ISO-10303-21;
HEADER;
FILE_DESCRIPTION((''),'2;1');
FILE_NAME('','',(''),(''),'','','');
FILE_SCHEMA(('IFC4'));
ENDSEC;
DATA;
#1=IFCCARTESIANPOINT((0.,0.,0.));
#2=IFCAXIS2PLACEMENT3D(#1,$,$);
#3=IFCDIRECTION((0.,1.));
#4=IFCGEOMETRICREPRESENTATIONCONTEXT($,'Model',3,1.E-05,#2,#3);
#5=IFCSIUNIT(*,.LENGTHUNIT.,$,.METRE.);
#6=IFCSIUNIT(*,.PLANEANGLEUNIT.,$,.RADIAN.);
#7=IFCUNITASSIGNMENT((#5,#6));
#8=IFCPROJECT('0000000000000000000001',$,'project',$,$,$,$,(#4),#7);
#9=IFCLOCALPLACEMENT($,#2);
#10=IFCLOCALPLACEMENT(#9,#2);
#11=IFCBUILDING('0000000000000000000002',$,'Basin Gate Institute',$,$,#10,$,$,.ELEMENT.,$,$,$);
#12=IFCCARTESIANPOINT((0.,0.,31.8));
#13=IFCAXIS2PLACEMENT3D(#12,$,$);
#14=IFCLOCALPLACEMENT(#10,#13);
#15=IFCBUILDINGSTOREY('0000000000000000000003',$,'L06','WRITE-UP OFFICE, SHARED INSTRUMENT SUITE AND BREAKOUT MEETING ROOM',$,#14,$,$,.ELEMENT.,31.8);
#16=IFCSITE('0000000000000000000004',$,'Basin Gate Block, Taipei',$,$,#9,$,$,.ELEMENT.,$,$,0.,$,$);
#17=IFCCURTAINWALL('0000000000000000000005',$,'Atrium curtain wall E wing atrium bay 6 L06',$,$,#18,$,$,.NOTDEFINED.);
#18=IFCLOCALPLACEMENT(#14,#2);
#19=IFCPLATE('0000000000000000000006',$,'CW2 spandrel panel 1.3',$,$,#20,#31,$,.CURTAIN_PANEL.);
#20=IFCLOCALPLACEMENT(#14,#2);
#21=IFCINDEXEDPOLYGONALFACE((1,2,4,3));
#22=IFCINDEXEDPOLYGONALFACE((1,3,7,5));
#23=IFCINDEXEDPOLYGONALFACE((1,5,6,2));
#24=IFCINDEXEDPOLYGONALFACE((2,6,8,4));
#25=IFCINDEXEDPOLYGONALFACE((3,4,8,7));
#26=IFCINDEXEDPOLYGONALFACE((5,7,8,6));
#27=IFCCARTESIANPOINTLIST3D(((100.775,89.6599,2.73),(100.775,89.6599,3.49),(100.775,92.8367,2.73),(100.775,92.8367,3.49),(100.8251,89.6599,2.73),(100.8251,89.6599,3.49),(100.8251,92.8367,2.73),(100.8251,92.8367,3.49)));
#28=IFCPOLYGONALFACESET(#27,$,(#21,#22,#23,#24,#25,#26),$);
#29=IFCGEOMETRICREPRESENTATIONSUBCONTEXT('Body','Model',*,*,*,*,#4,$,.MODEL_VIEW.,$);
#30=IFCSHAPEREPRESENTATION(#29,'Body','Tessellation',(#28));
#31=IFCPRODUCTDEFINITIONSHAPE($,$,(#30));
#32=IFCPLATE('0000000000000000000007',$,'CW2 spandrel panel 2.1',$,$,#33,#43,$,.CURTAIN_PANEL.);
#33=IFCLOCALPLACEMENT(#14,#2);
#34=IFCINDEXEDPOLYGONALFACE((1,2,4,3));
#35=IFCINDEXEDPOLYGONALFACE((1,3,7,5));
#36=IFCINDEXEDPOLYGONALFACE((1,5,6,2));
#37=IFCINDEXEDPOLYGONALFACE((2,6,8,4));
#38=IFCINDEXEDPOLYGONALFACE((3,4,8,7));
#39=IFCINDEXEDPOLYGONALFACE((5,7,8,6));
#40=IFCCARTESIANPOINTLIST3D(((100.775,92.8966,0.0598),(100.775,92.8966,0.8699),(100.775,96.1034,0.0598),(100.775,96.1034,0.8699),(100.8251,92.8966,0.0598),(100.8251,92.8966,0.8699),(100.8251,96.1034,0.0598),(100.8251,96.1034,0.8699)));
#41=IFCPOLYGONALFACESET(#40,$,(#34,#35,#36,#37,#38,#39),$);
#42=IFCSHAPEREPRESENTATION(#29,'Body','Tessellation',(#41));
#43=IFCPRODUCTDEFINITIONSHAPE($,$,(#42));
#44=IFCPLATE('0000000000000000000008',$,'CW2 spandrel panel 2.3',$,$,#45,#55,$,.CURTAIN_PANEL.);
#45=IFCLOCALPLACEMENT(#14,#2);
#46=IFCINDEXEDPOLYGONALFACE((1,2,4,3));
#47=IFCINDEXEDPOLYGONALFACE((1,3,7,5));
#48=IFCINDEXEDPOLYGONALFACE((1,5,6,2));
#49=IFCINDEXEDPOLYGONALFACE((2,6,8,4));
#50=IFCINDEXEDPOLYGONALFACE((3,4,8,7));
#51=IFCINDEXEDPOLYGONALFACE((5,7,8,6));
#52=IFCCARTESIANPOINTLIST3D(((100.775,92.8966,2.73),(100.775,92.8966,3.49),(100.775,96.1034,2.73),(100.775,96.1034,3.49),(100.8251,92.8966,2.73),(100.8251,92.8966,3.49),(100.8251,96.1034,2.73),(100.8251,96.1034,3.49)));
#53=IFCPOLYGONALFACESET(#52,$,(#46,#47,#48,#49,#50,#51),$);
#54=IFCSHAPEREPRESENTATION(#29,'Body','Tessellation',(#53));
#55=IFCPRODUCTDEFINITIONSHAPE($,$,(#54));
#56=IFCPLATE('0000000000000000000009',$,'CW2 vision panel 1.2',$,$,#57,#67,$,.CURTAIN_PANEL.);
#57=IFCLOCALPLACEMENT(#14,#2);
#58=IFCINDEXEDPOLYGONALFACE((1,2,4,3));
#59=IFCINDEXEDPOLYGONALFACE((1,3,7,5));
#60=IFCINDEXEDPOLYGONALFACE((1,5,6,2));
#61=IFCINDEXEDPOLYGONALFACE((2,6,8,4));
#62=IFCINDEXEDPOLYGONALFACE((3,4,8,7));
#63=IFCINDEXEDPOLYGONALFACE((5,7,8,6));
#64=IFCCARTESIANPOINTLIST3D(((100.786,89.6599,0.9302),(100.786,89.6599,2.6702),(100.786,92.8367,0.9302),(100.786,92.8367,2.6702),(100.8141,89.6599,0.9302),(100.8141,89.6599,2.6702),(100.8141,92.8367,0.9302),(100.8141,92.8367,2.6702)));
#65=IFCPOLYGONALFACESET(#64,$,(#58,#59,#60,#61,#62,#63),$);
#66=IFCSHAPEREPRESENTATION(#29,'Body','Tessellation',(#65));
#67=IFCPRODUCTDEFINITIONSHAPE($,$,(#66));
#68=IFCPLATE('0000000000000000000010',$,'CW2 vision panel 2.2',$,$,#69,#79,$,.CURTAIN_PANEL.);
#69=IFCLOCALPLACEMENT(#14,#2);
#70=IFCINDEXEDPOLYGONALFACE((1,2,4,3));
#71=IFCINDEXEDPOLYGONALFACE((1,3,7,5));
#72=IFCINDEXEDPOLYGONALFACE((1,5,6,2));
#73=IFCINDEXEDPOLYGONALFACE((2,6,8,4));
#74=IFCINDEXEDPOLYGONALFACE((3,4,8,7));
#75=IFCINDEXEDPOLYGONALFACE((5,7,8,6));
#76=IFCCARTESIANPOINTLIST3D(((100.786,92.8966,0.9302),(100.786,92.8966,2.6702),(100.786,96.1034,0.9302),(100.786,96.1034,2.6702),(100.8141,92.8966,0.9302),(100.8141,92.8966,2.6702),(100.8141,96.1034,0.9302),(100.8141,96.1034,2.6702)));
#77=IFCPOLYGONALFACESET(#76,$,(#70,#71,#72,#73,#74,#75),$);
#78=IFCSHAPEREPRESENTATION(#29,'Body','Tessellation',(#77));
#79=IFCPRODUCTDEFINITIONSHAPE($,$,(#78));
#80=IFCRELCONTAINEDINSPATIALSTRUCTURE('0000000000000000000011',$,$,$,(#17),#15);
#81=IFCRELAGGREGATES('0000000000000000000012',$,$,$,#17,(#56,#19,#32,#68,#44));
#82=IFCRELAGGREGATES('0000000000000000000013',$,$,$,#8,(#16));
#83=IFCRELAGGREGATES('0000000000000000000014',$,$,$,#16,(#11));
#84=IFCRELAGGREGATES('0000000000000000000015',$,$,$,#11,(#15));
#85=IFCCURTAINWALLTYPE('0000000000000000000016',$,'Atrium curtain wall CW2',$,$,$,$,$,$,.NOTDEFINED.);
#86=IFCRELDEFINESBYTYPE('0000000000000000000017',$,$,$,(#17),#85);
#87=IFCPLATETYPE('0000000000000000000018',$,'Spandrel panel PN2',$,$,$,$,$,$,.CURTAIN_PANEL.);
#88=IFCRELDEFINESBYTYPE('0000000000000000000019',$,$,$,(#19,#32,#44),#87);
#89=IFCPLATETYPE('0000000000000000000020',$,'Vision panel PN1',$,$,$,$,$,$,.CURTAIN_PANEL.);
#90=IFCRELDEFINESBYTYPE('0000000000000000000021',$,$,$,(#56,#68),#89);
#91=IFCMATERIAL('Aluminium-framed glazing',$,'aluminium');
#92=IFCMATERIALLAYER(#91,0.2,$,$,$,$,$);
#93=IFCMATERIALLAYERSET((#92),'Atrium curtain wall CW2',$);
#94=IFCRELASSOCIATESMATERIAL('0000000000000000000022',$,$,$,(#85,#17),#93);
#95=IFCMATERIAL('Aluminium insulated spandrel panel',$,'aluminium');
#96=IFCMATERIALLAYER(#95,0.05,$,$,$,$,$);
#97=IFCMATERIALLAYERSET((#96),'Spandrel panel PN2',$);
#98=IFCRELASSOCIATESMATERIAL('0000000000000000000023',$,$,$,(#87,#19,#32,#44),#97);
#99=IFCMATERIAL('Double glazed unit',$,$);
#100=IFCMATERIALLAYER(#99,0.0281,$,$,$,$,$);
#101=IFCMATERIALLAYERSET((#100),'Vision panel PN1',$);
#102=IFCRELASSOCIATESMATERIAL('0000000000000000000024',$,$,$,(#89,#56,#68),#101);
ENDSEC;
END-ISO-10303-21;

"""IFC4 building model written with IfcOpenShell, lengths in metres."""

from ifc_helpers import new_model, si_unit, direction, frame, origin, origin_2d, place, context, subcontext, project, spatial, rectangle, extrude, material, layer, layer_set, type_object, element, aggregate, save


model = new_model("IFC4")

# Units and contexts
model_context = context("Model", 3, precision=1e-05, world=origin(), true_north=direction((0.0, 1.0)))
body_context = subcontext(model_context, "Body", "Model", "MODEL_VIEW")
ifc_project = project(units=[si_unit("LENGTHUNIT", "METRE"), si_unit("PLANEANGLEUNIT", "RADIAN")], contexts=[model_context])

# Site, building, storey
site_placement = place(None, origin())
site = spatial("IfcSite", under=ifc_project, at=site_placement, Name="Basin Gate Block, Taipei", CompositionType="ELEMENT", RefElevation=0.0)
building_placement = place(site_placement, origin())
building = spatial("IfcBuilding", under=site, at=building_placement, Name="Basin Gate Institute", CompositionType="ELEMENT")
storey_placement = place(building_placement, frame((0.0, 0.0, 31.8)))
storey = spatial("IfcBuildingStorey", under=building, at=storey_placement, Name="L06", Description="WRITE-UP OFFICE, SHARED INSTRUMENT SUITE AND BREAKOUT MEETING ROOM", CompositionType="ELEMENT", Elevation=31.8)

# Curtain wall, plates
ifc_material_1 = material(Name="Aluminium-framed glazing", Category="aluminium")
ifc_layer_1 = layer(ifc_material_1, 0.2)
ifc_layer_set_1 = layer_set([ifc_layer_1], Name="Atrium curtain wall CW2")
curtain_wall_type = type_object("IfcCurtainWallType", Name="Atrium curtain wall CW2", PredefinedType="NOTDEFINED", material=ifc_layer_set_1)
curtain_wall_placement = place(storey_placement, origin())
curtain_wall = element("IfcCurtainWall", 1, at=curtain_wall_placement, inside=storey, type_object=curtain_wall_type, material=ifc_layer_set_1, Name="Atrium curtain wall E wing atrium bay 6 L06", PredefinedType="NOTDEFINED")
ifc_material_2 = material(Name="Aluminium insulated spandrel panel", Category="aluminium")
ifc_layer_2 = layer(ifc_material_2, 0.05)
ifc_layer_set_2 = layer_set([ifc_layer_2], Name="Spandrel panel PN2")
plate_type_1 = type_object("IfcPlateType", Name="Spandrel panel PN2", PredefinedType="CURTAIN_PANEL", material=ifc_layer_set_2)
plate_1_placement = place(storey_placement, frame((100.8, 91.2483, 2.73), z_axis=(0.0, 0.0, 1.0), x_axis=(0.0, 1.0, 0.0)))
plate_1 = element("IfcPlate", 2, at=plate_1_placement, type_object=plate_type_1, material=ifc_layer_set_2, Name="CW2 spandrel panel 1.3", PredefinedType="CURTAIN_PANEL", context=body_context, shape_type="SweptSolid", body=[
    extrude(rectangle(XDim=3.1768, YDim=0.05, at=origin_2d()), origin(), (0.0, 0.0, 1.0), 0.76),
])
plate_2_placement = place(storey_placement, frame((100.8, 94.5, 0.0598), z_axis=(0.0, 0.0, 1.0), x_axis=(0.0, 1.0, 0.0)))
plate_2 = element("IfcPlate", 3, at=plate_2_placement, type_object=plate_type_1, material=ifc_layer_set_2, Name="CW2 spandrel panel 2.1", PredefinedType="CURTAIN_PANEL", context=body_context, shape_type="SweptSolid", body=[
    extrude(rectangle(XDim=3.2068, YDim=0.05, at=origin_2d()), origin(), (0.0, 0.0, 1.0), 0.8101),
])
plate_3_placement = place(storey_placement, frame((100.8, 94.5, 2.73), z_axis=(0.0, 0.0, 1.0), x_axis=(0.0, 1.0, 0.0)))
plate_3 = element("IfcPlate", 4, at=plate_3_placement, type_object=plate_type_1, material=ifc_layer_set_2, Name="CW2 spandrel panel 2.3", PredefinedType="CURTAIN_PANEL", context=body_context, shape_type="SweptSolid", body=[
    extrude(rectangle(XDim=3.2068, YDim=0.05, at=origin_2d()), origin(), (0.0, 0.0, 1.0), 0.76),
])
ifc_material_3 = material(Name="Double glazed unit")
ifc_layer_3 = layer(ifc_material_3, 0.0281)
ifc_layer_set_3 = layer_set([ifc_layer_3], Name="Vision panel PN1")
plate_type_2 = type_object("IfcPlateType", Name="Vision panel PN1", PredefinedType="CURTAIN_PANEL", material=ifc_layer_set_3)
plate_4_placement = place(storey_placement, frame((100.8, 91.2483, 0.9302), z_axis=(0.0, 0.0, 1.0), x_axis=(0.0, 1.0, 0.0)))
plate_4 = element("IfcPlate", 5, at=plate_4_placement, type_object=plate_type_2, material=ifc_layer_set_3, Name="CW2 vision panel 1.2", PredefinedType="CURTAIN_PANEL", context=body_context, shape_type="SweptSolid", body=[
    extrude(rectangle(XDim=3.1768, YDim=0.0281, at=origin_2d()), origin(), (0.0, 0.0, 1.0), 1.74),
])
plate_5_placement = place(storey_placement, frame((100.8, 94.5, 0.9302), z_axis=(0.0, 0.0, 1.0), x_axis=(0.0, 1.0, 0.0)))
plate_5 = element("IfcPlate", 6, at=plate_5_placement, type_object=plate_type_2, material=ifc_layer_set_3, Name="CW2 vision panel 2.2", PredefinedType="CURTAIN_PANEL", context=body_context, shape_type="SweptSolid", body=[
    extrude(rectangle(XDim=3.2068, YDim=0.0281, at=origin_2d()), origin(), (0.0, 0.0, 1.0), 1.74),
])
aggregate(curtain_wall, [plate_4, plate_1, plate_2, plate_5, plate_3])

save(model, "model.ifc")
